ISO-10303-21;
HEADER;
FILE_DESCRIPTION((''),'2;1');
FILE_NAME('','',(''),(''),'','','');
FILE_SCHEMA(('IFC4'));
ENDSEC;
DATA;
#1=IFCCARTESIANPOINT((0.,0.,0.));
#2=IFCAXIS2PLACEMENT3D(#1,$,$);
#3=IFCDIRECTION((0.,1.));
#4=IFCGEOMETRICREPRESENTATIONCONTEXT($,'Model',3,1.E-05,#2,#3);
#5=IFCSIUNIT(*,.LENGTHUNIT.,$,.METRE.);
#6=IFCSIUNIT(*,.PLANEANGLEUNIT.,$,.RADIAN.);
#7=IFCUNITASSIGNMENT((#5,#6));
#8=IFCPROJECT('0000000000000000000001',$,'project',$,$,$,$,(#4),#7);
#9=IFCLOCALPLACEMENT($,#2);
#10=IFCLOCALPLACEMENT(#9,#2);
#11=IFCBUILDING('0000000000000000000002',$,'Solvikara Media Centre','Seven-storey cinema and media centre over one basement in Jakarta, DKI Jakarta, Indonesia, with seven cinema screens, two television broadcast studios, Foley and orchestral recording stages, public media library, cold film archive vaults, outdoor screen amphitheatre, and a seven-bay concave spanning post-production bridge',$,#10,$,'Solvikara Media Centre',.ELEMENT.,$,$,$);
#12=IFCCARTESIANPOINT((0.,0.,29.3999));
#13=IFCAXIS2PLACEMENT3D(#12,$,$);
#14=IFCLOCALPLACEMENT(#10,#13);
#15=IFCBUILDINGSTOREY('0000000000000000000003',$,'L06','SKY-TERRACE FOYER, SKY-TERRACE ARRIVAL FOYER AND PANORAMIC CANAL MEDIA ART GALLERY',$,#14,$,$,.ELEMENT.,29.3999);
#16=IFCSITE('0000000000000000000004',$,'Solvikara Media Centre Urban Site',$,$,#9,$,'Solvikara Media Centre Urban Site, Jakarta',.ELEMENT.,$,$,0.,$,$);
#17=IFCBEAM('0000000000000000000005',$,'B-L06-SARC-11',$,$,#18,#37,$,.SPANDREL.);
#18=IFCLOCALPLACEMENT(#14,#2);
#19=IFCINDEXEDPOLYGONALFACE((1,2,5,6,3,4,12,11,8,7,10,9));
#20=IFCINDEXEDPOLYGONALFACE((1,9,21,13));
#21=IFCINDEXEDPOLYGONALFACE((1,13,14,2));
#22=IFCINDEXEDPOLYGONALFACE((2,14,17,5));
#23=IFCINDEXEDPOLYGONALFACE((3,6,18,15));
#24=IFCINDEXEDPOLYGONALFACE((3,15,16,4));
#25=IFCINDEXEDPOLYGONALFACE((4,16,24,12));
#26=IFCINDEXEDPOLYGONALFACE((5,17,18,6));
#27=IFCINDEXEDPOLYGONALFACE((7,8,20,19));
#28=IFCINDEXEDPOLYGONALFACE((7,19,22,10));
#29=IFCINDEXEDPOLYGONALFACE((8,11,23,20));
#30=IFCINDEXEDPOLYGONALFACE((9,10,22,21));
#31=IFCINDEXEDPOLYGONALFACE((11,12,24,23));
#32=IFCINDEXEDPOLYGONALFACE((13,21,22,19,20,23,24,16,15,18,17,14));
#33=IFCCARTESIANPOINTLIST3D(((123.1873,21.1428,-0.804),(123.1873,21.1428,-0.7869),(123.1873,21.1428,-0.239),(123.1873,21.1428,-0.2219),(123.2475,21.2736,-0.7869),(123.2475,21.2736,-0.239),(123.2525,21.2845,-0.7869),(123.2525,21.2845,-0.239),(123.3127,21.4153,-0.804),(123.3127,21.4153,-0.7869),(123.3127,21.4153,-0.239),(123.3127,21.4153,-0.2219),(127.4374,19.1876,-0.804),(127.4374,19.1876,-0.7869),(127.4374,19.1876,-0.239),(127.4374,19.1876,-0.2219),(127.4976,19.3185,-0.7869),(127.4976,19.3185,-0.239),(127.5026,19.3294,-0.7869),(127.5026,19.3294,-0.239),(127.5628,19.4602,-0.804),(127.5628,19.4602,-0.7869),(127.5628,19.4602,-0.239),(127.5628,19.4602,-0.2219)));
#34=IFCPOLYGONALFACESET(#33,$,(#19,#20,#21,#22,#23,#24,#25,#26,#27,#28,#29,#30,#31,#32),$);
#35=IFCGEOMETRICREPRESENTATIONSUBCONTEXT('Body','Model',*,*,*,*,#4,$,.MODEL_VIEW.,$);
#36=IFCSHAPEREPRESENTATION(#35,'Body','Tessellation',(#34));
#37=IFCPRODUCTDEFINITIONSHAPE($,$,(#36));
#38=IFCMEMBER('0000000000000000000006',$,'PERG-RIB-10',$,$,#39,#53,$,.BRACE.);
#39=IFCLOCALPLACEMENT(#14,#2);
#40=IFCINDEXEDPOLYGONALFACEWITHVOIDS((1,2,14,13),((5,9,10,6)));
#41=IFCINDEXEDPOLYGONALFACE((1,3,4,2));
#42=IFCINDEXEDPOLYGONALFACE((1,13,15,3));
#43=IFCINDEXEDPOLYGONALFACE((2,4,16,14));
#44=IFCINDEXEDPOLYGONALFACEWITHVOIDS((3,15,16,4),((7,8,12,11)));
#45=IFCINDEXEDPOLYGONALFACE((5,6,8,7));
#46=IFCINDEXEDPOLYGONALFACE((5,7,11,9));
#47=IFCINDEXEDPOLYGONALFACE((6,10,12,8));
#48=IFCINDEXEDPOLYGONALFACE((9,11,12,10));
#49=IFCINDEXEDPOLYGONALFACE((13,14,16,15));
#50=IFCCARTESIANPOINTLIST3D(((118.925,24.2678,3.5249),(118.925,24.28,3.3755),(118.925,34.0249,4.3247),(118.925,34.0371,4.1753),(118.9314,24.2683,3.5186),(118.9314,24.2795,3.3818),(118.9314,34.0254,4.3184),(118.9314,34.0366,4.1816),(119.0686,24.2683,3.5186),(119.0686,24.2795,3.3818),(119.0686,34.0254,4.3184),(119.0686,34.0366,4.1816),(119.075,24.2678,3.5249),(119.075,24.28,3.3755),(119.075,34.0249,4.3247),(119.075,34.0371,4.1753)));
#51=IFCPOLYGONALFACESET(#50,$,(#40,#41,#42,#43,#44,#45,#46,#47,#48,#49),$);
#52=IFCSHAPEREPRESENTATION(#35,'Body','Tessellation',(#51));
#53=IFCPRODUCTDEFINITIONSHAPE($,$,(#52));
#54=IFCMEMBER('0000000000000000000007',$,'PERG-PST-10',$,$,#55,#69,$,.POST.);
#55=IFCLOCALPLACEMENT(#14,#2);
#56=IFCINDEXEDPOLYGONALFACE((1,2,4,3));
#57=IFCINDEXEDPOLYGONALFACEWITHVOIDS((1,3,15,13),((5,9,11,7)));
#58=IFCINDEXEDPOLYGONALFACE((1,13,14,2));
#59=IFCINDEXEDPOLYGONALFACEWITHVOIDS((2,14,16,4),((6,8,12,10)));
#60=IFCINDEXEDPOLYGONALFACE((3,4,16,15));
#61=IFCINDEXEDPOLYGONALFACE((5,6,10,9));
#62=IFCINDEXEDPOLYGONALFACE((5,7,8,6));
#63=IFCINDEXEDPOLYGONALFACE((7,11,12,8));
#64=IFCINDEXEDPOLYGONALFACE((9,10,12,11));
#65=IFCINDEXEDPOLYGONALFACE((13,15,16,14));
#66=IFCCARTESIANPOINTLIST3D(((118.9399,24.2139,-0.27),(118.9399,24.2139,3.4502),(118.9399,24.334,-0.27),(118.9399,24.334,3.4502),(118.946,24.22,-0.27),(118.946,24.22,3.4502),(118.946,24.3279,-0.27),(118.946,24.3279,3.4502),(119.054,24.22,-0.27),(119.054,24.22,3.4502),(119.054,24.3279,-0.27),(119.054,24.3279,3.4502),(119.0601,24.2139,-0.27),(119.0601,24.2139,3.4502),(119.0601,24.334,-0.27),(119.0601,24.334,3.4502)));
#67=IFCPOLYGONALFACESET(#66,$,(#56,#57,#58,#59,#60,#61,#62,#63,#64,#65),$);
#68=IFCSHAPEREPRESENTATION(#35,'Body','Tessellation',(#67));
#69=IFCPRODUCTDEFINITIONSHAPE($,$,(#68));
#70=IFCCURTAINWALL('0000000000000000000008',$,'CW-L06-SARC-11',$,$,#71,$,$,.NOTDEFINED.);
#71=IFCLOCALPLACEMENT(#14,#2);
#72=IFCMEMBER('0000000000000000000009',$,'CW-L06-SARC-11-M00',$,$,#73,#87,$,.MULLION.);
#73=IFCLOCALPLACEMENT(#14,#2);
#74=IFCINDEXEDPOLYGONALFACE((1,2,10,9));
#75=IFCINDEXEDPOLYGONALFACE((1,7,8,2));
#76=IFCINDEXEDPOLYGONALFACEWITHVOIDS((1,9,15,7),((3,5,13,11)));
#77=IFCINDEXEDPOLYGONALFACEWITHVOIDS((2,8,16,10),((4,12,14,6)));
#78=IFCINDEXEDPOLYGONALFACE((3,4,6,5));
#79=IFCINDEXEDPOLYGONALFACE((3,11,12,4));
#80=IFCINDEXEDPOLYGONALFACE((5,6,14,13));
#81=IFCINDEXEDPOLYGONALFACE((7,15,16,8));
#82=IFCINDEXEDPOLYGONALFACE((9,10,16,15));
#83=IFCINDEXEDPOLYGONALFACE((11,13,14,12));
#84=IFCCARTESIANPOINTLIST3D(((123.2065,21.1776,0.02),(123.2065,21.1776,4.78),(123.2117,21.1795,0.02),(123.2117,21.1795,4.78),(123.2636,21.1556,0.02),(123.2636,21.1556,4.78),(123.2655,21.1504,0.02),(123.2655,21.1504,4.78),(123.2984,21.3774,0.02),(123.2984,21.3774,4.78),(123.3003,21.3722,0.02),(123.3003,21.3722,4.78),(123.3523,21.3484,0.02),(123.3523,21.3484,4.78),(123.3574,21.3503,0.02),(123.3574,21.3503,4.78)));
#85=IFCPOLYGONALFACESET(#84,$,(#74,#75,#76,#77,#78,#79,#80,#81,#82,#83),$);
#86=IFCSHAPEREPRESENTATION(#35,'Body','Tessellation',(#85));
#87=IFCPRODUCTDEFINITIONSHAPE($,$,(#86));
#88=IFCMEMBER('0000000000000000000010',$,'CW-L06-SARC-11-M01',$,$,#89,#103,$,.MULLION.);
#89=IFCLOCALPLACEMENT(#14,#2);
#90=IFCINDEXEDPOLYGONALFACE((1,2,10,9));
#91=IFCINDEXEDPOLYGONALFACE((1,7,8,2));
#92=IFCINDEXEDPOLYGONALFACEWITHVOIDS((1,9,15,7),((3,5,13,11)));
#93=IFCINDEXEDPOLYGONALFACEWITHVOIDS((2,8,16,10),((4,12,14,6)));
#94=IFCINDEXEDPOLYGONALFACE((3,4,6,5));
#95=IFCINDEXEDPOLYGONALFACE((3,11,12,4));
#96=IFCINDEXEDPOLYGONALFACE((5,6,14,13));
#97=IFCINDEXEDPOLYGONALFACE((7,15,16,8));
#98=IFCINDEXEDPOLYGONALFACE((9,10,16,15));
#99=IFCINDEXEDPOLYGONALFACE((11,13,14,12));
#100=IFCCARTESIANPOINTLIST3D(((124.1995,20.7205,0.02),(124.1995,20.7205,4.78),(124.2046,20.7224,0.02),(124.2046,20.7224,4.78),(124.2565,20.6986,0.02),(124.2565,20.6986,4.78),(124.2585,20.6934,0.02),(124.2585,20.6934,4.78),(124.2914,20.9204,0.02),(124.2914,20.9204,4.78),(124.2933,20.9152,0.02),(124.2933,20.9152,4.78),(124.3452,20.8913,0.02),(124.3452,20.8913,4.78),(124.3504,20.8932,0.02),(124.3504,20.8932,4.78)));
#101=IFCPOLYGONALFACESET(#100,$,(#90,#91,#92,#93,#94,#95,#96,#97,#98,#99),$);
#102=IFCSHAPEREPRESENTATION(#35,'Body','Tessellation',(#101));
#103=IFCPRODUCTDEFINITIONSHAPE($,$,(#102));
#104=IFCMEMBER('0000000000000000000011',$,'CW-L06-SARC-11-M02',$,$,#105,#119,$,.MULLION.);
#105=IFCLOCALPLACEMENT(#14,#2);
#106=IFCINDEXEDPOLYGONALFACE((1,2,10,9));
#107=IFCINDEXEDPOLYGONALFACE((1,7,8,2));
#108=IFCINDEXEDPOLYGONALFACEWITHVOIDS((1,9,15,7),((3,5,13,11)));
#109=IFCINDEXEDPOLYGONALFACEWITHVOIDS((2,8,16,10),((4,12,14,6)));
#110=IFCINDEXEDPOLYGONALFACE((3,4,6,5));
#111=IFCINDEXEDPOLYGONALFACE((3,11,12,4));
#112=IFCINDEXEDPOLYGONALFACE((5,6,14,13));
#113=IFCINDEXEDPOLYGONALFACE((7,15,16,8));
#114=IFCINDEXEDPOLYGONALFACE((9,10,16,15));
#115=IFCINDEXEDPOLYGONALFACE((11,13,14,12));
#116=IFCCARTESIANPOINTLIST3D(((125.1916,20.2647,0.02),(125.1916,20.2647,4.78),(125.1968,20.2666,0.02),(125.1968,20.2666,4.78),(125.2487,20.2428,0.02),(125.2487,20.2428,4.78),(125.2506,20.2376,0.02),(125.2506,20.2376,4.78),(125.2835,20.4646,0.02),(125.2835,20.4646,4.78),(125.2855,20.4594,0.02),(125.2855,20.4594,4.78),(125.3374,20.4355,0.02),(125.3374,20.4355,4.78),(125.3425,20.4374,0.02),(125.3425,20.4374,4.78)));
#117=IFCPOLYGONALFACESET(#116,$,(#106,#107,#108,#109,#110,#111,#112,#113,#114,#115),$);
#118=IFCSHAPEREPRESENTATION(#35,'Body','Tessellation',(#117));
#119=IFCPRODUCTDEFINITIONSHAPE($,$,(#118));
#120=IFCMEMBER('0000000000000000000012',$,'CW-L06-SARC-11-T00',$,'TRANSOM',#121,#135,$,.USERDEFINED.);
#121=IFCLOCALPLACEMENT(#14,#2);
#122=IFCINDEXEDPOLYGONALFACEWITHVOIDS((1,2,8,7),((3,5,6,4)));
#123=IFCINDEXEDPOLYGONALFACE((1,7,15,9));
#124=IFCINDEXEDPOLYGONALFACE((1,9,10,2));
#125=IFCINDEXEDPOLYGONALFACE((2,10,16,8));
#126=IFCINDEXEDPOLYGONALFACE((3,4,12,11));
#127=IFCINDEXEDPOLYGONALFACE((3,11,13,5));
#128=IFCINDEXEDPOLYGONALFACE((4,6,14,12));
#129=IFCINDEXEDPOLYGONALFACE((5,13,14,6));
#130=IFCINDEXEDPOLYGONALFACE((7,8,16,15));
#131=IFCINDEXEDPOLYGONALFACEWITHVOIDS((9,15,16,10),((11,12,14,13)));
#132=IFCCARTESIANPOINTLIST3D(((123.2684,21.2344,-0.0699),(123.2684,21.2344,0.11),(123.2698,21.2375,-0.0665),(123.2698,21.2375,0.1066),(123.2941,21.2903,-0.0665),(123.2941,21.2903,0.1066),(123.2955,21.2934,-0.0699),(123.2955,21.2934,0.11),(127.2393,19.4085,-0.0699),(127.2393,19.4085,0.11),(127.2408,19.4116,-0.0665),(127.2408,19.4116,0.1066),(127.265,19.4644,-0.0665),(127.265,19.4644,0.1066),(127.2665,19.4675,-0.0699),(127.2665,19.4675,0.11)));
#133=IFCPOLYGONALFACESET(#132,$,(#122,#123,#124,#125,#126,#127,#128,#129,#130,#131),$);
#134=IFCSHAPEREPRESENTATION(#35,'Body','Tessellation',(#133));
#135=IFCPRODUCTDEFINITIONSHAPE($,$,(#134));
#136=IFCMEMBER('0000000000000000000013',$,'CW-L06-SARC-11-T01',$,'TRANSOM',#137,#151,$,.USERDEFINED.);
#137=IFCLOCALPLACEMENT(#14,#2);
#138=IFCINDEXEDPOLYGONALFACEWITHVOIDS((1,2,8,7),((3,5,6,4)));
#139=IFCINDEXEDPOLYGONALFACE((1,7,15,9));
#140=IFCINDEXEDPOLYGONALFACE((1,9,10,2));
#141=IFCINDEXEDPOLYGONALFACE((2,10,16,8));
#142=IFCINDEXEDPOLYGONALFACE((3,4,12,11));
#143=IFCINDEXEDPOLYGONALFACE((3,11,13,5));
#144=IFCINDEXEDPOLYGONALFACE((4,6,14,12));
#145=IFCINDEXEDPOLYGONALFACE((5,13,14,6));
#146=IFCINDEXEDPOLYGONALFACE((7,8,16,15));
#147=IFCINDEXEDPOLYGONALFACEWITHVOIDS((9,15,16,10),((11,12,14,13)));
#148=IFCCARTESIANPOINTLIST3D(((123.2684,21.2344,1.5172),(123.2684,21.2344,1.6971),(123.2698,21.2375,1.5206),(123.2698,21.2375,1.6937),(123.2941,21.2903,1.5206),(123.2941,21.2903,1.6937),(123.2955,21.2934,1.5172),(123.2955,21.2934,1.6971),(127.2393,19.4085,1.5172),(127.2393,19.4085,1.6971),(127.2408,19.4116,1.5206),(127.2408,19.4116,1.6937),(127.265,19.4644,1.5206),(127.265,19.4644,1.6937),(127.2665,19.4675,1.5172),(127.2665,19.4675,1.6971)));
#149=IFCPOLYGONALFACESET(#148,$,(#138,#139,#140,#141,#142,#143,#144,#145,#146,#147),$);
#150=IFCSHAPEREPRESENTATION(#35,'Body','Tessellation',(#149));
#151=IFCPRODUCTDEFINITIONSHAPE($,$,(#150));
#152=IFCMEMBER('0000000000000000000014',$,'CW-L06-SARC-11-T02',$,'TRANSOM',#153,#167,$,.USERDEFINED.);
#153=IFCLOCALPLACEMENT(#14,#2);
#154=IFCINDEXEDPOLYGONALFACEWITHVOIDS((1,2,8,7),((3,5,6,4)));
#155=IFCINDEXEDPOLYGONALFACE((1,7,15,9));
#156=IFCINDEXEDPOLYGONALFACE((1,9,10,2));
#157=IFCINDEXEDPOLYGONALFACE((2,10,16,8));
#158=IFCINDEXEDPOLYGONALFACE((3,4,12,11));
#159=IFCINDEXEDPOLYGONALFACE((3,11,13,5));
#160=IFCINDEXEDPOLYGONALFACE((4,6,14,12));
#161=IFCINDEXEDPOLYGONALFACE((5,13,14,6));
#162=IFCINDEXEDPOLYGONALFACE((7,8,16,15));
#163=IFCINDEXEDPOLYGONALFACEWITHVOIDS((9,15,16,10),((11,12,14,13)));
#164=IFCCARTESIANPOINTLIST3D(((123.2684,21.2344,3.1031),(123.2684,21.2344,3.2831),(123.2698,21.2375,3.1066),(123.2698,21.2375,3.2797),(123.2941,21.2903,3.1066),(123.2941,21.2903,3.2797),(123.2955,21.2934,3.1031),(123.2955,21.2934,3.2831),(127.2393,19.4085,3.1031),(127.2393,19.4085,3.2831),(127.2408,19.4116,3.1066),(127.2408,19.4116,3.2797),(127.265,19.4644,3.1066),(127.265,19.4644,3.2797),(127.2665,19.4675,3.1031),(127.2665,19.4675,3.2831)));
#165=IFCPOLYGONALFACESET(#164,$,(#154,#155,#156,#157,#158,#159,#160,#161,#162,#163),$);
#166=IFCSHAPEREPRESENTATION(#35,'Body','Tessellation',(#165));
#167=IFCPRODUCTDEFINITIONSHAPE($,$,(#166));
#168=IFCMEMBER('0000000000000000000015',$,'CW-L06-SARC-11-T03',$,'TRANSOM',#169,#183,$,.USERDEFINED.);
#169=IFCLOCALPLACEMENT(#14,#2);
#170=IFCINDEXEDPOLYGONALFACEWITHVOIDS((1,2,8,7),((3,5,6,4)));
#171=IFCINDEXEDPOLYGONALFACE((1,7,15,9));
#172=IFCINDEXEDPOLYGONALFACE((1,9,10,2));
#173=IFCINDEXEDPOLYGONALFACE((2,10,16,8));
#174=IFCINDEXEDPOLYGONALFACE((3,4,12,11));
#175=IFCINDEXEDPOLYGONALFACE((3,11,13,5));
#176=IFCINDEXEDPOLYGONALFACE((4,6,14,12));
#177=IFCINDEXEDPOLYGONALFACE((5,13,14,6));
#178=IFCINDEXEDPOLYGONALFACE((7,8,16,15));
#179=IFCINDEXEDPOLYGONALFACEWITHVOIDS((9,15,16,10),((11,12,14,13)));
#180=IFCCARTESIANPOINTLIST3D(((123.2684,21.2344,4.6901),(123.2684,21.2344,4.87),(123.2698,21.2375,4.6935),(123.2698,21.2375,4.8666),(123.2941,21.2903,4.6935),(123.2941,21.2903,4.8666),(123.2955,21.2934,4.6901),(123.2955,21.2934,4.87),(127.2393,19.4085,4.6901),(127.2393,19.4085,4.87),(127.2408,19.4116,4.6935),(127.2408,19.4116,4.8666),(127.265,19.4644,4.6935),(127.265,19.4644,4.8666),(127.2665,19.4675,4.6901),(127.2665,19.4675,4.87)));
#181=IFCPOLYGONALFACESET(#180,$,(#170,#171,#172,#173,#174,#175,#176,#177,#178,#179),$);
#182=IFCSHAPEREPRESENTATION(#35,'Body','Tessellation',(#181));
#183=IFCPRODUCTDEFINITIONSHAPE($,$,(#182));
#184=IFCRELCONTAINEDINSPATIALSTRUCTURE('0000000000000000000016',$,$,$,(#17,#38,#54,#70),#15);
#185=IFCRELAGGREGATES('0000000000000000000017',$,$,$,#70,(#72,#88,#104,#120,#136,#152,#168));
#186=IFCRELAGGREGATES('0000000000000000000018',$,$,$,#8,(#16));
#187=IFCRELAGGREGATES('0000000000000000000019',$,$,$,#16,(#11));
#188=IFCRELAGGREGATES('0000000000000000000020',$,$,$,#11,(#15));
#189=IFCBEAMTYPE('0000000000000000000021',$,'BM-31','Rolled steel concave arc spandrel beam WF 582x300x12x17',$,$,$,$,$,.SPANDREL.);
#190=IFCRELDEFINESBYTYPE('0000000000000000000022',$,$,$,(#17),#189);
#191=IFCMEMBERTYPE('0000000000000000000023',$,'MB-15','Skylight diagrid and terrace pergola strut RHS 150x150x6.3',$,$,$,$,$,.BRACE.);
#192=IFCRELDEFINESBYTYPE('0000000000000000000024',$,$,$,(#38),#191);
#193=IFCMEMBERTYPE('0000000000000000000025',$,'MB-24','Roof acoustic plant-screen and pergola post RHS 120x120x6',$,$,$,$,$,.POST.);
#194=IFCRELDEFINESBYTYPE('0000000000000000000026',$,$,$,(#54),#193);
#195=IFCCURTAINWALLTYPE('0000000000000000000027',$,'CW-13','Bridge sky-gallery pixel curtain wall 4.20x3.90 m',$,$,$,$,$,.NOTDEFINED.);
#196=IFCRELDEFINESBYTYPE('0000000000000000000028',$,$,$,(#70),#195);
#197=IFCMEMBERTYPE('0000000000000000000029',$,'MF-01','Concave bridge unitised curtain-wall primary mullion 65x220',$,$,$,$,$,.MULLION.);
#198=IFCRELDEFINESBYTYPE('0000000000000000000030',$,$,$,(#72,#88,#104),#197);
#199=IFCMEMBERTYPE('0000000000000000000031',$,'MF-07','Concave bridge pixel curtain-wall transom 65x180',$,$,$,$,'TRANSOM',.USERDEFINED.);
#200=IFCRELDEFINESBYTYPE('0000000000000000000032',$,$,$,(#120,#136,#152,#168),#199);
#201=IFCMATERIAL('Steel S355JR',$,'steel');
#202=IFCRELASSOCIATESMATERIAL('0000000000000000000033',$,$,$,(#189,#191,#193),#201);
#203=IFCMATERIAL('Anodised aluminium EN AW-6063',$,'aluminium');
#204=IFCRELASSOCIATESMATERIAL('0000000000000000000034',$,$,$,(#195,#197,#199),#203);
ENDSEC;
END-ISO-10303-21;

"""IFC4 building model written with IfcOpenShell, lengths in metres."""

from ifc_helpers import new_model, si_unit, direction, frame, origin, origin_2d, place, context, subcontext, project, spatial, hollow_rectangle, i_section, extrude, material, material_profile, profile_set, type_object, element, aggregate, save


model = new_model("IFC4")

# Units and contexts
model_context = context("Model", 3, precision=1e-05, world=origin(), true_north=direction((0.0, 1.0)))
body_context = subcontext(model_context, "Body", "Model", "MODEL_VIEW")
ifc_project = project(units=[si_unit("LENGTHUNIT", "METRE"), si_unit("PLANEANGLEUNIT", "RADIAN")], contexts=[model_context])

# Site, building, storey
site_placement = place(None, origin())
site = spatial("IfcSite", under=ifc_project, at=site_placement, Name="Solvikara Media Centre Urban Site", LongName="Solvikara Media Centre Urban Site, Jakarta", CompositionType="ELEMENT", RefElevation=0.0)
building_placement = place(site_placement, origin())
building = spatial("IfcBuilding", under=site, at=building_placement, Name="Solvikara Media Centre", Description="Seven-storey cinema and media centre over one basement in Jakarta, DKI Jakarta, Indonesia, with seven cinema screens, two television broadcast studios, Foley and orchestral recording stages, public media library, cold film archive vaults, outdoor screen amphitheatre, and a seven-bay concave spanning post-production bridge", LongName="Solvikara Media Centre", CompositionType="ELEMENT")
storey_placement = place(building_placement, frame((0.0, 0.0, 29.3999)))
storey = spatial("IfcBuildingStorey", under=building, at=storey_placement, Name="L06", Description="SKY-TERRACE FOYER, SKY-TERRACE ARRIVAL FOYER AND PANORAMIC CANAL MEDIA ART GALLERY", CompositionType="ELEMENT", Elevation=29.3999)

# Beam
ifc_material_1 = material(Name="Steel S355JR", Category="steel")
ifc_material_profile_1 = material_profile(ifc_material_1, i_section(OverallWidth=0.3, OverallDepth=0.582, WebThickness=0.012, FlangeThickness=0.0171, at=origin_2d()), Name="WF 582x300x12x17")
ifc_profile_set_1 = profile_set([ifc_material_profile_1], Name="Steel S355JR")
beam_type_1 = type_object("IfcBeamType", Name="BM-31", Description="Rolled steel concave arc spandrel beam WF 582x300x12x17", PredefinedType="SPANDREL", material=ifc_profile_set_1)
beam_1_placement = place(storey_placement, frame((123.25, 21.2791, -0.5129), z_axis=(0.908484, -0.417919, 0.0), x_axis=(0.417919, 0.908484, 0.0)))
element("IfcBeam", 1, at=beam_1_placement, inside=storey, type_object=beam_type_1, Name="B-L06-SARC-11", PredefinedType="SPANDREL", context=body_context, shape_type="SweptSolid", body=[
    extrude(i_section(OverallWidth=0.3, OverallDepth=0.582, WebThickness=0.012, FlangeThickness=0.0171, at=origin_2d()), origin(), (0.0, 0.0, 1.0), 4.6782),
])

# Members
ifc_material_profile_2 = material_profile(ifc_material_1, hollow_rectangle(XDim=0.1499, YDim=0.1499, WallThickness=0.0063, at=origin_2d()), Name="RHS 150x150x6.3")
ifc_profile_set_2 = profile_set([ifc_material_profile_2], Name="Steel S355JR")
member_type_1 = type_object("IfcMemberType", Name="MB-15", Description="Skylight diagrid and terrace pergola strut RHS 150x150x6.3", PredefinedType="BRACE", material=ifc_profile_set_2)
member_1_placement = place(storey_placement, frame((119.0, 24.2739, 3.4502), z_axis=(0.0, 0.996657, 0.081698), x_axis=(-1.0, 0.0, 0.0)))
element("IfcMember", 2, at=member_1_placement, inside=storey, type_object=member_type_1, Name="PERG-RIB-10", PredefinedType="BRACE", context=body_context, shape_type="SweptSolid", body=[
    extrude(hollow_rectangle(XDim=0.1499, YDim=0.1499, WallThickness=0.0063, at=origin_2d()), origin(), (0.0, 0.0, 1.0), 9.7898),
])
ifc_material_profile_3 = material_profile(ifc_material_1, hollow_rectangle(XDim=0.1201, YDim=0.1201, WallThickness=0.0061, at=origin_2d()), Name="RHS 120x120x6")
ifc_profile_set_3 = profile_set([ifc_material_profile_3], Name="Steel S355JR")
member_type_2 = type_object("IfcMemberType", Name="MB-24", Description="Roof acoustic plant-screen and pergola post RHS 120x120x6", PredefinedType="POST", material=ifc_profile_set_3)
member_2_placement = place(storey_placement, frame((119.0, 24.2739, -0.27), z_axis=(0.0, 0.0, 1.0), x_axis=(1.0, 0.0, 0.0)))
element("IfcMember", 3, at=member_2_placement, inside=storey, type_object=member_type_2, Name="PERG-PST-10", PredefinedType="POST", context=body_context, shape_type="SweptSolid", body=[
    extrude(hollow_rectangle(XDim=0.1201, YDim=0.1201, WallThickness=0.0061, at=origin_2d()), origin(), (0.0, 0.0, 1.0), 3.7202),
])

# Curtain wall, members
ifc_material_2 = material(Name="Anodised aluminium EN AW-6063", Category="aluminium")
curtain_wall_type = type_object("IfcCurtainWallType", Name="CW-13", Description="Bridge sky-gallery pixel curtain wall 4.20x3.90 m", PredefinedType="NOTDEFINED", material=ifc_material_2)
curtain_wall_placement = place(storey_placement, origin())
curtain_wall = element("IfcCurtainWall", 4, at=curtain_wall_placement, inside=storey, type_object=curtain_wall_type, Name="CW-L06-SARC-11", PredefinedType="NOTDEFINED")
ifc_material_profile_4 = material_profile(ifc_material_2, hollow_rectangle(XDim=0.0649, YDim=0.22, WallThickness=0.0039, at=origin_2d()), Name="ALU-M 65x220x4")
ifc_profile_set_4 = profile_set([ifc_material_profile_4], Name="Anodised aluminium EN AW-6063")
member_type_3 = type_object("IfcMemberType", Name="MF-01", Description="Concave bridge unitised curtain-wall primary mullion 65x220", PredefinedType="MULLION", material=ifc_profile_set_4)
member_3_placement = place(storey_placement, frame((123.282, 21.2639, 0.02), z_axis=(0.0, 0.0, 1.0), x_axis=(0.908545, -0.417788, 0.0)))
member_3 = element("IfcMember", 5, at=member_3_placement, type_object=member_type_3, Name="CW-L06-SARC-11-M00", PredefinedType="MULLION", context=body_context, shape_type="SweptSolid", body=[
    extrude(hollow_rectangle(XDim=0.0649, YDim=0.22, WallThickness=0.0039, at=origin_2d()), origin(), (0.0, 0.0, 1.0), 4.76),
])
member_4_placement = place(storey_placement, frame((124.2749, 20.8069, 0.02), z_axis=(0.0, 0.0, 1.0), x_axis=(0.908545, -0.417788, 0.0)))
member_4 = element("IfcMember", 6, at=member_4_placement, type_object=member_type_3, Name="CW-L06-SARC-11-M01", PredefinedType="MULLION", context=body_context, shape_type="SweptSolid", body=[
    extrude(hollow_rectangle(XDim=0.0649, YDim=0.22, WallThickness=0.0039, at=origin_2d()), origin(), (0.0, 0.0, 1.0), 4.76),
])
member_5_placement = place(storey_placement, frame((125.2671, 20.3511, 0.02), z_axis=(0.0, 0.0, 1.0), x_axis=(0.908545, -0.417788, 0.0)))
member_5 = element("IfcMember", 7, at=member_5_placement, type_object=member_type_3, Name="CW-L06-SARC-11-M02", PredefinedType="MULLION", context=body_context, shape_type="SweptSolid", body=[
    extrude(hollow_rectangle(XDim=0.0649, YDim=0.22, WallThickness=0.0039, at=origin_2d()), origin(), (0.0, 0.0, 1.0), 4.76),
])
ifc_material_profile_5 = material_profile(ifc_material_2, hollow_rectangle(XDim=0.0649, YDim=0.1799, WallThickness=0.0034, at=origin_2d()), Name="ALU-T 65x180x3.5")
ifc_profile_set_5 = profile_set([ifc_material_profile_5], Name="Anodised aluminium EN AW-6063")
member_type_4 = type_object("IfcMemberType", Name="MF-07", Description="Concave bridge pixel curtain-wall transom 65x180", ElementType="TRANSOM", PredefinedType="USERDEFINED", material=ifc_profile_set_5)
member_6_placement = place(storey_placement, frame((123.282, 21.2639, 0.02), z_axis=(0.908552, -0.417772, 0.0), x_axis=(0.417772, 0.908552, 0.0)))
member_6 = element("IfcMember", 8, at=member_6_placement, type_object=member_type_4, Name="CW-L06-SARC-11-T00", ObjectType="TRANSOM", PredefinedType="USERDEFINED", context=body_context, shape_type="SweptSolid", body=[
    extrude(hollow_rectangle(XDim=0.0649, YDim=0.1799, WallThickness=0.0034, at=origin_2d()), origin(), (0.0, 0.0, 1.0), 4.3706),
])
member_7_placement = place(storey_placement, frame((123.282, 21.2639, 1.6072), z_axis=(0.908552, -0.417772, 0.0), x_axis=(0.417772, 0.908552, 0.0)))
member_7 = element("IfcMember", 9, at=member_7_placement, type_object=member_type_4, Name="CW-L06-SARC-11-T01", ObjectType="TRANSOM", PredefinedType="USERDEFINED", context=body_context, shape_type="SweptSolid", body=[
    extrude(hollow_rectangle(XDim=0.0649, YDim=0.1799, WallThickness=0.0034, at=origin_2d()), origin(), (0.0, 0.0, 1.0), 4.3706),
])
member_8_placement = place(storey_placement, frame((123.282, 21.2639, 3.1931), z_axis=(0.908552, -0.417772, 0.0), x_axis=(0.417772, 0.908552, 0.0)))
member_8 = element("IfcMember", 10, at=member_8_placement, type_object=member_type_4, Name="CW-L06-SARC-11-T02", ObjectType="TRANSOM", PredefinedType="USERDEFINED", context=body_context, shape_type="SweptSolid", body=[
    extrude(hollow_rectangle(XDim=0.0649, YDim=0.1799, WallThickness=0.0034, at=origin_2d()), origin(), (0.0, 0.0, 1.0), 4.3706),
])
member_9_placement = place(storey_placement, frame((123.282, 21.2639, 4.78), z_axis=(0.908552, -0.417772, 0.0), x_axis=(0.417772, 0.908552, 0.0)))
member_9 = element("IfcMember", 11, at=member_9_placement, type_object=member_type_4, Name="CW-L06-SARC-11-T03", ObjectType="TRANSOM", PredefinedType="USERDEFINED", context=body_context, shape_type="SweptSolid", body=[
    extrude(hollow_rectangle(XDim=0.0649, YDim=0.1799, WallThickness=0.0034, at=origin_2d()), origin(), (0.0, 0.0, 1.0), 4.3706),
])
aggregate(curtain_wall, [member_3, member_4, member_5, member_6, member_7, member_8, member_9])

save(model, "model.ifc")
